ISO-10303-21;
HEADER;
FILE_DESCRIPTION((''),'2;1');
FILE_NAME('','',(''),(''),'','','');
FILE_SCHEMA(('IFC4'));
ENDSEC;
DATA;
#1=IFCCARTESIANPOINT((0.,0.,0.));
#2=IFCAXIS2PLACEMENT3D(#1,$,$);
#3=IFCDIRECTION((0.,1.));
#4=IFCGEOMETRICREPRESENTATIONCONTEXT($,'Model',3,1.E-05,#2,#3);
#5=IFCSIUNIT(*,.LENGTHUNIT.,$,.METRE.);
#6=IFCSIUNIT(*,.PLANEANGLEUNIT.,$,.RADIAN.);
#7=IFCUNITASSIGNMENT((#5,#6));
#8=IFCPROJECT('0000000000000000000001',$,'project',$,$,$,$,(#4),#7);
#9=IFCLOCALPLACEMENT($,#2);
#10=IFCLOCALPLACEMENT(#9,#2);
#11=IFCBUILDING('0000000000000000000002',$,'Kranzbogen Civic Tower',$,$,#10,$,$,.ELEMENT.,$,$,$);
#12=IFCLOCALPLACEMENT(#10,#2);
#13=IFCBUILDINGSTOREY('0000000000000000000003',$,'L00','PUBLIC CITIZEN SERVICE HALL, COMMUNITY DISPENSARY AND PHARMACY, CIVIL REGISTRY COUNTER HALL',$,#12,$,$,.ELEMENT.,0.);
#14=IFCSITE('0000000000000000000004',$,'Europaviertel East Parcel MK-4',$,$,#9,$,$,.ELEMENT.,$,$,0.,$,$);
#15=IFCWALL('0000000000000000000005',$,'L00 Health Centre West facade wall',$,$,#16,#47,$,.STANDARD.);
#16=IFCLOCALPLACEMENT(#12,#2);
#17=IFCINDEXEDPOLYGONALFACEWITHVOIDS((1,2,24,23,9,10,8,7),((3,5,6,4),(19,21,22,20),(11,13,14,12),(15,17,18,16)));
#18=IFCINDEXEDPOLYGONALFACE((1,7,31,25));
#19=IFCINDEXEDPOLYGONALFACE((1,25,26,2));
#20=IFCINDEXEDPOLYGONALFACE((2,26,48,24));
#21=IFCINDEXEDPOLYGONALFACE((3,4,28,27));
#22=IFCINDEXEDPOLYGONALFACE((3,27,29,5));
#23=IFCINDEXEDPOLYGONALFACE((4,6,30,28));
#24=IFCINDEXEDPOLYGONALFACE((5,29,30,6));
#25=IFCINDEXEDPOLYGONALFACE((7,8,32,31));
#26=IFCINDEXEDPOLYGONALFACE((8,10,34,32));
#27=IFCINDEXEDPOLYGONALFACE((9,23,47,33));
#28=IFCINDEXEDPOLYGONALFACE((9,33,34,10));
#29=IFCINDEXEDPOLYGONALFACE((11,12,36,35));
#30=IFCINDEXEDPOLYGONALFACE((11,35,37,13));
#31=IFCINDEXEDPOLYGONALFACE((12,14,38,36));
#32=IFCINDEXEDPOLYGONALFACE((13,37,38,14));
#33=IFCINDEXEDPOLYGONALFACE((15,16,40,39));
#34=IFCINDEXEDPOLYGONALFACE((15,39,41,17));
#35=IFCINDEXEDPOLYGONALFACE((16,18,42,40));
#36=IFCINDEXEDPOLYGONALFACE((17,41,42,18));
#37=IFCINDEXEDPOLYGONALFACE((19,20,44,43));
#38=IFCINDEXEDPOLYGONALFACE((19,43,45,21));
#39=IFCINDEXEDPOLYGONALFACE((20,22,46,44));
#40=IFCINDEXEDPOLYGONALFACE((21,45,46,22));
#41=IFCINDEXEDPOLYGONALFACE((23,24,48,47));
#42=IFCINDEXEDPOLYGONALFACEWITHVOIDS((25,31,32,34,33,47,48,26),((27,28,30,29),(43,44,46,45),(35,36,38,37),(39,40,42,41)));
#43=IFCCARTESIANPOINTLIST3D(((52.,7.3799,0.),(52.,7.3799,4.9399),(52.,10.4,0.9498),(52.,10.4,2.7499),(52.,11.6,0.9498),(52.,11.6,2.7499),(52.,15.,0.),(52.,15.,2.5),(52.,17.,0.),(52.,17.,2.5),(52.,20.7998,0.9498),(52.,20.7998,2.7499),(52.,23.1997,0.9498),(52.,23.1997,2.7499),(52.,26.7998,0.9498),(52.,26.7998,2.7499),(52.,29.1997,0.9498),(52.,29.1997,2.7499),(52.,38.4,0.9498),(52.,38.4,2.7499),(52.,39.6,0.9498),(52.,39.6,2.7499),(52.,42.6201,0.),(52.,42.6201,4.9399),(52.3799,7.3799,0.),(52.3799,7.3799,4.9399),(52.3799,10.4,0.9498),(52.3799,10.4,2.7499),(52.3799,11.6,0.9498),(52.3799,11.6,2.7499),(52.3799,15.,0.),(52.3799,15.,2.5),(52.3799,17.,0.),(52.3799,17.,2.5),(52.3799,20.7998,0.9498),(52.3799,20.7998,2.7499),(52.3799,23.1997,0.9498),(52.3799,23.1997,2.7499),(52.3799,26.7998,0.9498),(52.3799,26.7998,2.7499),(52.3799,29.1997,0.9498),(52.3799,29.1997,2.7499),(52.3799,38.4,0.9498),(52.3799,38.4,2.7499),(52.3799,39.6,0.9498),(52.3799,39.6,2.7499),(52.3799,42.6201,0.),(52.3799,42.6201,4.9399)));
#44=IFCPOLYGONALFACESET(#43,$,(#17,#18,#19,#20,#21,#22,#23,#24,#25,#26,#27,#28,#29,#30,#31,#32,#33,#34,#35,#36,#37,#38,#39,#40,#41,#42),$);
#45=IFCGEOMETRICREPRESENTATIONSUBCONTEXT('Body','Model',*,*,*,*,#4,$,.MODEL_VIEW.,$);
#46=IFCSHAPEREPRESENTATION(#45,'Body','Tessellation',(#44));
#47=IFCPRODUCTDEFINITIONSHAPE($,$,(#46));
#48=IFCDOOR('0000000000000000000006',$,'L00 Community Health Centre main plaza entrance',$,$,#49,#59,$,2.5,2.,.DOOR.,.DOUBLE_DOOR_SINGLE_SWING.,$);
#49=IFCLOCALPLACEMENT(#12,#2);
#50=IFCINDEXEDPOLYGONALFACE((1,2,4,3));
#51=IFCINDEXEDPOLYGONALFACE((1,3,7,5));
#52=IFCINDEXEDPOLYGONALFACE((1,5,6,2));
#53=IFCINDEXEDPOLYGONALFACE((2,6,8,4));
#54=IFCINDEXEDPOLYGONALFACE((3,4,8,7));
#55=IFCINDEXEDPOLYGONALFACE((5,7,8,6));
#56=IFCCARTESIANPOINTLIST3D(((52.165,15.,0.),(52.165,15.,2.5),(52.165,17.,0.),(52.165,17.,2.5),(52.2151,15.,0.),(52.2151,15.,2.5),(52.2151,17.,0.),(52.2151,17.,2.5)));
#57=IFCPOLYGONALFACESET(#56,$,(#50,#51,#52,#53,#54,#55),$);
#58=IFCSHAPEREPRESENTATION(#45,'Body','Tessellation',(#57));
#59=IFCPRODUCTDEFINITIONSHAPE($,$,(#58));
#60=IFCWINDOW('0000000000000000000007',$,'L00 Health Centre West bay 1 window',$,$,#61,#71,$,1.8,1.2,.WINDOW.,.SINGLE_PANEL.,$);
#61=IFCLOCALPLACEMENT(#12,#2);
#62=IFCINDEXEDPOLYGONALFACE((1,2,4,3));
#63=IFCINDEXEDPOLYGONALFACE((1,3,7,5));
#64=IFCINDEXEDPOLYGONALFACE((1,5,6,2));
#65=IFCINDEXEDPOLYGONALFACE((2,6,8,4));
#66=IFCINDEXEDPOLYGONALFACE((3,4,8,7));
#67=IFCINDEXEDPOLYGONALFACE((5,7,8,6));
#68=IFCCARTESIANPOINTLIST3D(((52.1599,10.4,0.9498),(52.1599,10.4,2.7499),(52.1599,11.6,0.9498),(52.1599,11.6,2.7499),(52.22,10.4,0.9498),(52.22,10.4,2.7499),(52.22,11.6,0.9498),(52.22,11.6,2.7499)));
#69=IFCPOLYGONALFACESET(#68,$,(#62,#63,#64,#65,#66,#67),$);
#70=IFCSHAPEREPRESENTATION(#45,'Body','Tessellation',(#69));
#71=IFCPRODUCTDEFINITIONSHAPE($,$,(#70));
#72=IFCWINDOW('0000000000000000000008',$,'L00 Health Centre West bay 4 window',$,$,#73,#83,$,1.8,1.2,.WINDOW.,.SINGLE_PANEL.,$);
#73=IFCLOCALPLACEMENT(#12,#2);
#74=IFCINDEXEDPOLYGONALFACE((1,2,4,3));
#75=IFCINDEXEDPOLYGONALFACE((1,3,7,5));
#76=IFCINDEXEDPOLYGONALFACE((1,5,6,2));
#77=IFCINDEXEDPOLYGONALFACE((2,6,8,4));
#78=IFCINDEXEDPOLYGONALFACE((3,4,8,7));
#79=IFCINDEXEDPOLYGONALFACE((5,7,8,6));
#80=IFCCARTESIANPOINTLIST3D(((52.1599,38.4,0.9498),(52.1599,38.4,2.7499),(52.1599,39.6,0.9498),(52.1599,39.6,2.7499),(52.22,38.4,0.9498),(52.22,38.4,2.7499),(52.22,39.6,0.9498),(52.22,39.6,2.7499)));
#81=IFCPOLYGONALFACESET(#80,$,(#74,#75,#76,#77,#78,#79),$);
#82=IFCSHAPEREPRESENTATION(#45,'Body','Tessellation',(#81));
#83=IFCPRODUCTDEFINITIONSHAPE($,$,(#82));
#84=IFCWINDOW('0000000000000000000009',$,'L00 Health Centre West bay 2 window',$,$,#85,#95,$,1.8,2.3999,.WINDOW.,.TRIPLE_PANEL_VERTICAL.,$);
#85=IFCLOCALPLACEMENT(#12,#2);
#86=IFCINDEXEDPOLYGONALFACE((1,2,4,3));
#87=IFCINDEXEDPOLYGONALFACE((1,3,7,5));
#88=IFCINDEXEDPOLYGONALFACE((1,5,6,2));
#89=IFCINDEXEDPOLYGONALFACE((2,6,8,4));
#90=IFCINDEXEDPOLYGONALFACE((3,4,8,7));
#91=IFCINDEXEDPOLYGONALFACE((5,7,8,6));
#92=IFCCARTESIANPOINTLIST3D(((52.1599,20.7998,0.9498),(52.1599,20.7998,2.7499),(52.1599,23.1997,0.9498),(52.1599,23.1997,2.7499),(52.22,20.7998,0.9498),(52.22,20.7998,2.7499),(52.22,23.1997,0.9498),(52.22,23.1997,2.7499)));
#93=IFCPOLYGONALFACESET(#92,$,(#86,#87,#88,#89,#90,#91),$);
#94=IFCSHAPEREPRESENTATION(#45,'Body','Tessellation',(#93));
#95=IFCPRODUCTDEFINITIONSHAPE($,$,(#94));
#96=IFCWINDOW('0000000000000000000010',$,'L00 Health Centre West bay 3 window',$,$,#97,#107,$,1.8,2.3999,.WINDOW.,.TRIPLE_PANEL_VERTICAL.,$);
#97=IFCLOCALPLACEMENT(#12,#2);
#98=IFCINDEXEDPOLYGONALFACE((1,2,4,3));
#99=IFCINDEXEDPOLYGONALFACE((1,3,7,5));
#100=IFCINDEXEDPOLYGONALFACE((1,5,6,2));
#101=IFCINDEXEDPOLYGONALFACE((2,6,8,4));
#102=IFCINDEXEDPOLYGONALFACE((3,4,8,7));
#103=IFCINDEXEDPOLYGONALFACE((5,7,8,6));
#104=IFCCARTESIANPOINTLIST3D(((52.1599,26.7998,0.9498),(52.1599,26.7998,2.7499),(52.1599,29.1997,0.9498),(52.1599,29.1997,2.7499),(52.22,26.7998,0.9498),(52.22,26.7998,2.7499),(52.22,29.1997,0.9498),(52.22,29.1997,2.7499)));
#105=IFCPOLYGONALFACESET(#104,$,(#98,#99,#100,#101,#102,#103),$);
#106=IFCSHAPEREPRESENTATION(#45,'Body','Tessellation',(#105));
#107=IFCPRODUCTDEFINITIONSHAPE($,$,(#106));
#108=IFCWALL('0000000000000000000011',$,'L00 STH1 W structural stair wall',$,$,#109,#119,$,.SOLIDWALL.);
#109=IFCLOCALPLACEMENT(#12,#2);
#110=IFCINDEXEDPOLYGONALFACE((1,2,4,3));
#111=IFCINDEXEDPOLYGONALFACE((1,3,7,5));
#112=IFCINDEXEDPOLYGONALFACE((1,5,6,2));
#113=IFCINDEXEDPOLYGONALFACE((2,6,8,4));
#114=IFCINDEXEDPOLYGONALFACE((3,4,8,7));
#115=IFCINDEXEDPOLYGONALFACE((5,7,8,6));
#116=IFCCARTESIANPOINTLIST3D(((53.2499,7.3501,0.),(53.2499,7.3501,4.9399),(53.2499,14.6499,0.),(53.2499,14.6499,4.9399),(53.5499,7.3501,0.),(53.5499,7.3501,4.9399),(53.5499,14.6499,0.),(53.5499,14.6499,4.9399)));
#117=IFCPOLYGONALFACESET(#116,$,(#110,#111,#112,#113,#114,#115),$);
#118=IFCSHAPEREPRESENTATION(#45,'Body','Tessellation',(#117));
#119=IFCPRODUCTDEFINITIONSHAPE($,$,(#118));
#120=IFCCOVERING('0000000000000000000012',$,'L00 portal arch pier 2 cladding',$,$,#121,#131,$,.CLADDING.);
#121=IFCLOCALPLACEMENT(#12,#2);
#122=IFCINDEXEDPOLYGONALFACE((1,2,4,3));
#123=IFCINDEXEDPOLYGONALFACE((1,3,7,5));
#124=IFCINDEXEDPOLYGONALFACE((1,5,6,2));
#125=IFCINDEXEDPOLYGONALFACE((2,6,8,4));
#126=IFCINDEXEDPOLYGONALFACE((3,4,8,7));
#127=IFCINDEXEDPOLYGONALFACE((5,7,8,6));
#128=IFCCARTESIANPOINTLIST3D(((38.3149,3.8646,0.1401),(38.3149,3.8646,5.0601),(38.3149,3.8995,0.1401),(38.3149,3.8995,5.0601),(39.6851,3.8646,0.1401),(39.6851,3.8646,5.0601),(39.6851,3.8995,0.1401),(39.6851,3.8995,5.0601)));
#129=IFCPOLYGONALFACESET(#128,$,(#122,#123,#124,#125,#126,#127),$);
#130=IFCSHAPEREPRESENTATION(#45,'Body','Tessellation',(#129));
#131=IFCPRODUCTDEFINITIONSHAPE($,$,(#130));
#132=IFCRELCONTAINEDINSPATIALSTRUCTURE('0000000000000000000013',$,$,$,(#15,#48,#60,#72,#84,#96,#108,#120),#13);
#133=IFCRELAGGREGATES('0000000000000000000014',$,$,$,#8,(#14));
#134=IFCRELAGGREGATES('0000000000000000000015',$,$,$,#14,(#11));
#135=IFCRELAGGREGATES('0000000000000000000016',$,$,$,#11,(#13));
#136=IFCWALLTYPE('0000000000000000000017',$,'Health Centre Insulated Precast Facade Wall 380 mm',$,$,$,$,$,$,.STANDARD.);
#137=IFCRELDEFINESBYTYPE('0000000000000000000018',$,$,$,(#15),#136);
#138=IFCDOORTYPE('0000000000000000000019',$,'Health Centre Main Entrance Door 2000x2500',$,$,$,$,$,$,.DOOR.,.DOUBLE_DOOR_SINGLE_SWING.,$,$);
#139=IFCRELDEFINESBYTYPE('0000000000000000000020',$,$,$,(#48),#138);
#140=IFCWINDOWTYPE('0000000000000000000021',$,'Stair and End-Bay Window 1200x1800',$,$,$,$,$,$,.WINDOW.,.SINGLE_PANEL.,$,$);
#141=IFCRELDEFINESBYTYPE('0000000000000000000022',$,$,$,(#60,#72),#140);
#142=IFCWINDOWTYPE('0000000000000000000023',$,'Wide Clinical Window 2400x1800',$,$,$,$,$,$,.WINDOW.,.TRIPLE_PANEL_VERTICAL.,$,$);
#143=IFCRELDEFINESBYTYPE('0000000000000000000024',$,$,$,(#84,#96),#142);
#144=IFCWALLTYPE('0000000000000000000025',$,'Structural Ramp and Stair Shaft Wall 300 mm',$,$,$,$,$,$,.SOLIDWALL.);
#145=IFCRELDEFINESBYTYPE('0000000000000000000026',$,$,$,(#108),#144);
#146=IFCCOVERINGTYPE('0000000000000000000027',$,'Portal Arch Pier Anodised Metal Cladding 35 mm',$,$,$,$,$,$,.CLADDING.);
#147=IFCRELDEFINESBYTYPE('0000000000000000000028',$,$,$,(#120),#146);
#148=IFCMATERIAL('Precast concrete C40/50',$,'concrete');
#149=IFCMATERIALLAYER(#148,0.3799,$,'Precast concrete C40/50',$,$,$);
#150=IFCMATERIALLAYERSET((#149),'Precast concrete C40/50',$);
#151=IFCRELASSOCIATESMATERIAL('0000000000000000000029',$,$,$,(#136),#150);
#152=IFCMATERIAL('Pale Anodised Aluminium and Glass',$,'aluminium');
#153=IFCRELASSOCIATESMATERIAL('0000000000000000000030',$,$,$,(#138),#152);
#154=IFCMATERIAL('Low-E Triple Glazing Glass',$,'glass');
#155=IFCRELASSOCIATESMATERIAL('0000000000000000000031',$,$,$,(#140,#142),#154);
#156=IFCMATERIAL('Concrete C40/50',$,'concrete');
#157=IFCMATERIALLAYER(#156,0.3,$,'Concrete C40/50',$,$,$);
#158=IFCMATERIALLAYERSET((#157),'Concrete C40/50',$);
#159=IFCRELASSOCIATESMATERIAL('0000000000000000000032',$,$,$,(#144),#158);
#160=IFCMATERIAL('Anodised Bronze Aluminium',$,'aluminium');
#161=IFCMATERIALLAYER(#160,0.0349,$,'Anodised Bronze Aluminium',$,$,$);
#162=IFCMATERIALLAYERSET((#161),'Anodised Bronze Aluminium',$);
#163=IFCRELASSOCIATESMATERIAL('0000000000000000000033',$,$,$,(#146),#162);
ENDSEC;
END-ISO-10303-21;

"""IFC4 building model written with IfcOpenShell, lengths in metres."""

from ifc_helpers import new_model, si_unit, direction, frame, frame_2d, origin, origin_2d, place, context, subcontext, project, spatial, rectangle, extrude, material, layer, layer_set, type_object, element, fill, save


model = new_model("IFC4")

# Units and contexts
model_context = context("Model", 3, precision=1e-05, world=origin(), true_north=direction((0.0, 1.0)))
body_context = subcontext(model_context, "Body", "Model", "MODEL_VIEW")
ifc_project = project(units=[si_unit("LENGTHUNIT", "METRE"), si_unit("PLANEANGLEUNIT", "RADIAN")], contexts=[model_context])

# Site, building, storey
site_placement = place(None, origin())
site = spatial("IfcSite", under=ifc_project, at=site_placement, Name="Europaviertel East Parcel MK-4", CompositionType="ELEMENT", RefElevation=0.0)
building_placement = place(site_placement, origin())
building = spatial("IfcBuilding", under=site, at=building_placement, Name="Kranzbogen Civic Tower", CompositionType="ELEMENT")
storey_placement = place(building_placement, origin())
storey = spatial("IfcBuildingStorey", under=building, at=storey_placement, Name="L00", Description="PUBLIC CITIZEN SERVICE HALL, COMMUNITY DISPENSARY AND PHARMACY, CIVIL REGISTRY COUNTER HALL", CompositionType="ELEMENT", Elevation=0.0)

# Shared definitions
ifc_material_1 = material(Name="Concrete C40/50", Category="concrete")

# Shared definitions
ifc_material_2 = material(Name="Low-E Triple Glazing Glass", Category="glass")

# Wall, openings, door, windows
ifc_material_3 = material(Name="Precast concrete C40/50", Category="concrete")
ifc_layer_1 = layer(ifc_material_3, 0.3799, Name="Precast concrete C40/50")
ifc_layer_set_1 = layer_set([ifc_layer_1], Name="Precast concrete C40/50")
wall_type_1 = type_object("IfcWallType", Name="Health Centre Insulated Precast Facade Wall 380 mm", PredefinedType="STANDARD", material=ifc_layer_set_1)
wall_1_placement = place(storey_placement, frame((52.1899, 7.3799, 0.0), z_axis=(0.0, 0.0, 1.0), x_axis=(0.0, 1.0, 0.0)))
wall_1 = element("IfcWall", 1, at=wall_1_placement, inside=storey, type_object=wall_type_1, Name="L00 Health Centre West facade wall", PredefinedType="STANDARD", context=body_context, shape_type="SweptSolid", body=[
    extrude(rectangle(XDim=35.2402, YDim=0.3799, at=frame_2d((17.6201, 0.0))), origin(), (0.0, 0.0, 1.0), 4.9399),
])
opening_1_placement = place(wall_1_placement, frame((7.6201, 0.0, 0.0)))
opening_1 = element("IfcOpeningElement", 2, at=opening_1_placement, cuts=wall_1, PredefinedType="OPENING", context=body_context, shape_type="SweptSolid", body=[
    extrude(rectangle(XDim=2.0, YDim=2.5, at=frame_2d((1.0, 1.25))), frame((0.0, 0.2, 0.0), z_axis=(0.0, -1.0, 0.0), x_axis=(1.0, 0.0, 0.0)), (0.0, 0.0, 1.0), 0.3999),
])
opening_2_placement = place(wall_1_placement, frame((3.02, 0.0, 0.95)))
opening_2 = element("IfcOpeningElement", 3, at=opening_2_placement, cuts=wall_1, PredefinedType="OPENING", context=body_context, shape_type="SweptSolid", body=[
    extrude(rectangle(XDim=1.2, YDim=1.8, at=frame_2d((0.6001, 0.8999))), frame((0.0, 0.2, 0.0), z_axis=(0.0, -1.0, 0.0), x_axis=(1.0, 0.0, 0.0)), (0.0, 0.0, 1.0), 0.3999),
])
opening_3_placement = place(wall_1_placement, frame((13.4199, 0.0, 0.95)))
opening_3 = element("IfcOpeningElement", 4, at=opening_3_placement, cuts=wall_1, PredefinedType="OPENING", context=body_context, shape_type="SweptSolid", body=[
    extrude(rectangle(XDim=2.3999, YDim=1.8, at=frame_2d((1.2, 0.8999))), frame((0.0, 0.2, 0.0), z_axis=(0.0, -1.0, 0.0), x_axis=(1.0, 0.0, 0.0)), (0.0, 0.0, 1.0), 0.3999),
])
opening_4_placement = place(wall_1_placement, frame((19.4199, 0.0, 0.95)))
opening_4 = element("IfcOpeningElement", 5, at=opening_4_placement, cuts=wall_1, PredefinedType="OPENING", context=body_context, shape_type="SweptSolid", body=[
    extrude(rectangle(XDim=2.3999, YDim=1.8, at=frame_2d((1.2, 0.8999))), frame((0.0, 0.2, 0.0), z_axis=(0.0, -1.0, 0.0), x_axis=(1.0, 0.0, 0.0)), (0.0, 0.0, 1.0), 0.3999),
])
opening_5_placement = place(wall_1_placement, frame((31.02, 0.0, 0.95)))
opening_5 = element("IfcOpeningElement", 6, at=opening_5_placement, cuts=wall_1, PredefinedType="OPENING", context=body_context, shape_type="SweptSolid", body=[
    extrude(rectangle(XDim=1.2, YDim=1.8, at=frame_2d((0.6001, 0.8999))), frame((0.0, 0.2, 0.0), z_axis=(0.0, -1.0, 0.0), x_axis=(1.0, 0.0, 0.0)), (0.0, 0.0, 1.0), 0.3999),
])
ifc_material_4 = material(Name="Pale Anodised Aluminium and Glass", Category="aluminium")
door_type = type_object("IfcDoorType", Name="Health Centre Main Entrance Door 2000x2500", OperationType="DOUBLE_DOOR_SINGLE_SWING", PredefinedType="DOOR", material=ifc_material_4)
door_placement = place(opening_1_placement, origin())
door = element("IfcDoor", 7, at=door_placement, inside=storey, type_object=door_type, Name="L00 Community Health Centre main plaza entrance", OperationType="DOUBLE_DOOR_SINGLE_SWING", OverallHeight=2.5, OverallWidth=2.0, PredefinedType="DOOR", context=body_context, shape_type="SweptSolid", body=[
    extrude(rectangle(XDim=2.0, YDim=2.5, at=frame_2d((1.0, 1.25))), frame((0.0, 0.0249, 0.0), z_axis=(0.0, -1.0, 0.0), x_axis=(1.0, 0.0, 0.0)), (0.0, 0.0, 1.0), 0.05),
])
fill(opening_1, door)
window_type_1 = type_object("IfcWindowType", Name="Stair and End-Bay Window 1200x1800", PartitioningType="SINGLE_PANEL", PredefinedType="WINDOW", material=ifc_material_2)
window_1_placement = place(opening_2_placement, origin())
window_1 = element("IfcWindow", 8, at=window_1_placement, inside=storey, type_object=window_type_1, Name="L00 Health Centre West bay 1 window", OverallHeight=1.8, OverallWidth=1.2, PartitioningType="SINGLE_PANEL", PredefinedType="WINDOW", context=body_context, shape_type="SweptSolid", body=[
    extrude(rectangle(XDim=1.2, YDim=1.8, at=frame_2d((0.6001, 0.8999))), frame((0.0, 0.03, 0.0), z_axis=(0.0, -1.0, 0.0), x_axis=(1.0, 0.0, 0.0)), (0.0, 0.0, 1.0), 0.0601),
])
fill(opening_2, window_1)
window_2_placement = place(opening_5_placement, origin())
window_2 = element("IfcWindow", 9, at=window_2_placement, inside=storey, type_object=window_type_1, Name="L00 Health Centre West bay 4 window", OverallHeight=1.8, OverallWidth=1.2, PartitioningType="SINGLE_PANEL", PredefinedType="WINDOW", context=body_context, shape_type="SweptSolid", body=[
    extrude(rectangle(XDim=1.2, YDim=1.8, at=frame_2d((0.6001, 0.8999))), frame((0.0, 0.03, 0.0), z_axis=(0.0, -1.0, 0.0), x_axis=(1.0, 0.0, 0.0)), (0.0, 0.0, 1.0), 0.0601),
])
fill(opening_5, window_2)
window_type_2 = type_object("IfcWindowType", Name="Wide Clinical Window 2400x1800", PartitioningType="TRIPLE_PANEL_VERTICAL", PredefinedType="WINDOW", material=ifc_material_2)
window_3_placement = place(opening_3_placement, origin())
window_3 = element("IfcWindow", 10, at=window_3_placement, inside=storey, type_object=window_type_2, Name="L00 Health Centre West bay 2 window", OverallHeight=1.8, OverallWidth=2.3999, PartitioningType="TRIPLE_PANEL_VERTICAL", PredefinedType="WINDOW", context=body_context, shape_type="SweptSolid", body=[
    extrude(rectangle(XDim=2.3999, YDim=1.8, at=frame_2d((1.2, 0.8999))), frame((0.0, 0.03, 0.0), z_axis=(0.0, -1.0, 0.0), x_axis=(1.0, 0.0, 0.0)), (0.0, 0.0, 1.0), 0.0601),
])
fill(opening_3, window_3)
window_4_placement = place(opening_4_placement, origin())
window_4 = element("IfcWindow", 11, at=window_4_placement, inside=storey, type_object=window_type_2, Name="L00 Health Centre West bay 3 window", OverallHeight=1.8, OverallWidth=2.3999, PartitioningType="TRIPLE_PANEL_VERTICAL", PredefinedType="WINDOW", context=body_context, shape_type="SweptSolid", body=[
    extrude(rectangle(XDim=2.3999, YDim=1.8, at=frame_2d((1.2, 0.8999))), frame((0.0, 0.03, 0.0), z_axis=(0.0, -1.0, 0.0), x_axis=(1.0, 0.0, 0.0)), (0.0, 0.0, 1.0), 0.0601),
])
fill(opening_4, window_4)

# Wall
ifc_layer_2 = layer(ifc_material_1, 0.3, Name="Concrete C40/50")
ifc_layer_set_2 = layer_set([ifc_layer_2], Name="Concrete C40/50")
wall_type_2 = type_object("IfcWallType", Name="Structural Ramp and Stair Shaft Wall 300 mm", PredefinedType="SOLIDWALL", material=ifc_layer_set_2)
wall_2_placement = place(storey_placement, frame((53.3999, 7.3501, 0.0), z_axis=(0.0, 0.0, 1.0), x_axis=(0.0, 1.0, 0.0)))
element("IfcWall", 12, at=wall_2_placement, inside=storey, type_object=wall_type_2, Name="L00 STH1 W structural stair wall", PredefinedType="SOLIDWALL", context=body_context, shape_type="SweptSolid", body=[
    extrude(rectangle(XDim=7.2998, YDim=0.3, at=frame_2d((3.6499, 0.0))), origin(), (0.0, 0.0, 1.0), 4.9399),
])

# Covering
ifc_material_5 = material(Name="Anodised Bronze Aluminium", Category="aluminium")
ifc_layer_3 = layer(ifc_material_5, 0.0349, Name="Anodised Bronze Aluminium")
ifc_layer_set_3 = layer_set([ifc_layer_3], Name="Anodised Bronze Aluminium")
covering_type = type_object("IfcCoveringType", Name="Portal Arch Pier Anodised Metal Cladding 35 mm", PredefinedType="CLADDING", material=ifc_layer_set_3)
covering_placement = place(storey_placement, frame((39.0, 3.8821, 0.1401), z_axis=(0.0, 0.0, 1.0), x_axis=(1.0, 0.0, 0.0)))
element("IfcCovering", 13, at=covering_placement, inside=storey, type_object=covering_type, Name="L00 portal arch pier 2 cladding", PredefinedType="CLADDING", context=body_context, shape_type="SweptSolid", body=[
    extrude(rectangle(XDim=1.3701, YDim=0.0349, at=origin_2d()), origin(), (0.0, 0.0, 1.0), 4.9199),
])

save(model, "model.ifc")
